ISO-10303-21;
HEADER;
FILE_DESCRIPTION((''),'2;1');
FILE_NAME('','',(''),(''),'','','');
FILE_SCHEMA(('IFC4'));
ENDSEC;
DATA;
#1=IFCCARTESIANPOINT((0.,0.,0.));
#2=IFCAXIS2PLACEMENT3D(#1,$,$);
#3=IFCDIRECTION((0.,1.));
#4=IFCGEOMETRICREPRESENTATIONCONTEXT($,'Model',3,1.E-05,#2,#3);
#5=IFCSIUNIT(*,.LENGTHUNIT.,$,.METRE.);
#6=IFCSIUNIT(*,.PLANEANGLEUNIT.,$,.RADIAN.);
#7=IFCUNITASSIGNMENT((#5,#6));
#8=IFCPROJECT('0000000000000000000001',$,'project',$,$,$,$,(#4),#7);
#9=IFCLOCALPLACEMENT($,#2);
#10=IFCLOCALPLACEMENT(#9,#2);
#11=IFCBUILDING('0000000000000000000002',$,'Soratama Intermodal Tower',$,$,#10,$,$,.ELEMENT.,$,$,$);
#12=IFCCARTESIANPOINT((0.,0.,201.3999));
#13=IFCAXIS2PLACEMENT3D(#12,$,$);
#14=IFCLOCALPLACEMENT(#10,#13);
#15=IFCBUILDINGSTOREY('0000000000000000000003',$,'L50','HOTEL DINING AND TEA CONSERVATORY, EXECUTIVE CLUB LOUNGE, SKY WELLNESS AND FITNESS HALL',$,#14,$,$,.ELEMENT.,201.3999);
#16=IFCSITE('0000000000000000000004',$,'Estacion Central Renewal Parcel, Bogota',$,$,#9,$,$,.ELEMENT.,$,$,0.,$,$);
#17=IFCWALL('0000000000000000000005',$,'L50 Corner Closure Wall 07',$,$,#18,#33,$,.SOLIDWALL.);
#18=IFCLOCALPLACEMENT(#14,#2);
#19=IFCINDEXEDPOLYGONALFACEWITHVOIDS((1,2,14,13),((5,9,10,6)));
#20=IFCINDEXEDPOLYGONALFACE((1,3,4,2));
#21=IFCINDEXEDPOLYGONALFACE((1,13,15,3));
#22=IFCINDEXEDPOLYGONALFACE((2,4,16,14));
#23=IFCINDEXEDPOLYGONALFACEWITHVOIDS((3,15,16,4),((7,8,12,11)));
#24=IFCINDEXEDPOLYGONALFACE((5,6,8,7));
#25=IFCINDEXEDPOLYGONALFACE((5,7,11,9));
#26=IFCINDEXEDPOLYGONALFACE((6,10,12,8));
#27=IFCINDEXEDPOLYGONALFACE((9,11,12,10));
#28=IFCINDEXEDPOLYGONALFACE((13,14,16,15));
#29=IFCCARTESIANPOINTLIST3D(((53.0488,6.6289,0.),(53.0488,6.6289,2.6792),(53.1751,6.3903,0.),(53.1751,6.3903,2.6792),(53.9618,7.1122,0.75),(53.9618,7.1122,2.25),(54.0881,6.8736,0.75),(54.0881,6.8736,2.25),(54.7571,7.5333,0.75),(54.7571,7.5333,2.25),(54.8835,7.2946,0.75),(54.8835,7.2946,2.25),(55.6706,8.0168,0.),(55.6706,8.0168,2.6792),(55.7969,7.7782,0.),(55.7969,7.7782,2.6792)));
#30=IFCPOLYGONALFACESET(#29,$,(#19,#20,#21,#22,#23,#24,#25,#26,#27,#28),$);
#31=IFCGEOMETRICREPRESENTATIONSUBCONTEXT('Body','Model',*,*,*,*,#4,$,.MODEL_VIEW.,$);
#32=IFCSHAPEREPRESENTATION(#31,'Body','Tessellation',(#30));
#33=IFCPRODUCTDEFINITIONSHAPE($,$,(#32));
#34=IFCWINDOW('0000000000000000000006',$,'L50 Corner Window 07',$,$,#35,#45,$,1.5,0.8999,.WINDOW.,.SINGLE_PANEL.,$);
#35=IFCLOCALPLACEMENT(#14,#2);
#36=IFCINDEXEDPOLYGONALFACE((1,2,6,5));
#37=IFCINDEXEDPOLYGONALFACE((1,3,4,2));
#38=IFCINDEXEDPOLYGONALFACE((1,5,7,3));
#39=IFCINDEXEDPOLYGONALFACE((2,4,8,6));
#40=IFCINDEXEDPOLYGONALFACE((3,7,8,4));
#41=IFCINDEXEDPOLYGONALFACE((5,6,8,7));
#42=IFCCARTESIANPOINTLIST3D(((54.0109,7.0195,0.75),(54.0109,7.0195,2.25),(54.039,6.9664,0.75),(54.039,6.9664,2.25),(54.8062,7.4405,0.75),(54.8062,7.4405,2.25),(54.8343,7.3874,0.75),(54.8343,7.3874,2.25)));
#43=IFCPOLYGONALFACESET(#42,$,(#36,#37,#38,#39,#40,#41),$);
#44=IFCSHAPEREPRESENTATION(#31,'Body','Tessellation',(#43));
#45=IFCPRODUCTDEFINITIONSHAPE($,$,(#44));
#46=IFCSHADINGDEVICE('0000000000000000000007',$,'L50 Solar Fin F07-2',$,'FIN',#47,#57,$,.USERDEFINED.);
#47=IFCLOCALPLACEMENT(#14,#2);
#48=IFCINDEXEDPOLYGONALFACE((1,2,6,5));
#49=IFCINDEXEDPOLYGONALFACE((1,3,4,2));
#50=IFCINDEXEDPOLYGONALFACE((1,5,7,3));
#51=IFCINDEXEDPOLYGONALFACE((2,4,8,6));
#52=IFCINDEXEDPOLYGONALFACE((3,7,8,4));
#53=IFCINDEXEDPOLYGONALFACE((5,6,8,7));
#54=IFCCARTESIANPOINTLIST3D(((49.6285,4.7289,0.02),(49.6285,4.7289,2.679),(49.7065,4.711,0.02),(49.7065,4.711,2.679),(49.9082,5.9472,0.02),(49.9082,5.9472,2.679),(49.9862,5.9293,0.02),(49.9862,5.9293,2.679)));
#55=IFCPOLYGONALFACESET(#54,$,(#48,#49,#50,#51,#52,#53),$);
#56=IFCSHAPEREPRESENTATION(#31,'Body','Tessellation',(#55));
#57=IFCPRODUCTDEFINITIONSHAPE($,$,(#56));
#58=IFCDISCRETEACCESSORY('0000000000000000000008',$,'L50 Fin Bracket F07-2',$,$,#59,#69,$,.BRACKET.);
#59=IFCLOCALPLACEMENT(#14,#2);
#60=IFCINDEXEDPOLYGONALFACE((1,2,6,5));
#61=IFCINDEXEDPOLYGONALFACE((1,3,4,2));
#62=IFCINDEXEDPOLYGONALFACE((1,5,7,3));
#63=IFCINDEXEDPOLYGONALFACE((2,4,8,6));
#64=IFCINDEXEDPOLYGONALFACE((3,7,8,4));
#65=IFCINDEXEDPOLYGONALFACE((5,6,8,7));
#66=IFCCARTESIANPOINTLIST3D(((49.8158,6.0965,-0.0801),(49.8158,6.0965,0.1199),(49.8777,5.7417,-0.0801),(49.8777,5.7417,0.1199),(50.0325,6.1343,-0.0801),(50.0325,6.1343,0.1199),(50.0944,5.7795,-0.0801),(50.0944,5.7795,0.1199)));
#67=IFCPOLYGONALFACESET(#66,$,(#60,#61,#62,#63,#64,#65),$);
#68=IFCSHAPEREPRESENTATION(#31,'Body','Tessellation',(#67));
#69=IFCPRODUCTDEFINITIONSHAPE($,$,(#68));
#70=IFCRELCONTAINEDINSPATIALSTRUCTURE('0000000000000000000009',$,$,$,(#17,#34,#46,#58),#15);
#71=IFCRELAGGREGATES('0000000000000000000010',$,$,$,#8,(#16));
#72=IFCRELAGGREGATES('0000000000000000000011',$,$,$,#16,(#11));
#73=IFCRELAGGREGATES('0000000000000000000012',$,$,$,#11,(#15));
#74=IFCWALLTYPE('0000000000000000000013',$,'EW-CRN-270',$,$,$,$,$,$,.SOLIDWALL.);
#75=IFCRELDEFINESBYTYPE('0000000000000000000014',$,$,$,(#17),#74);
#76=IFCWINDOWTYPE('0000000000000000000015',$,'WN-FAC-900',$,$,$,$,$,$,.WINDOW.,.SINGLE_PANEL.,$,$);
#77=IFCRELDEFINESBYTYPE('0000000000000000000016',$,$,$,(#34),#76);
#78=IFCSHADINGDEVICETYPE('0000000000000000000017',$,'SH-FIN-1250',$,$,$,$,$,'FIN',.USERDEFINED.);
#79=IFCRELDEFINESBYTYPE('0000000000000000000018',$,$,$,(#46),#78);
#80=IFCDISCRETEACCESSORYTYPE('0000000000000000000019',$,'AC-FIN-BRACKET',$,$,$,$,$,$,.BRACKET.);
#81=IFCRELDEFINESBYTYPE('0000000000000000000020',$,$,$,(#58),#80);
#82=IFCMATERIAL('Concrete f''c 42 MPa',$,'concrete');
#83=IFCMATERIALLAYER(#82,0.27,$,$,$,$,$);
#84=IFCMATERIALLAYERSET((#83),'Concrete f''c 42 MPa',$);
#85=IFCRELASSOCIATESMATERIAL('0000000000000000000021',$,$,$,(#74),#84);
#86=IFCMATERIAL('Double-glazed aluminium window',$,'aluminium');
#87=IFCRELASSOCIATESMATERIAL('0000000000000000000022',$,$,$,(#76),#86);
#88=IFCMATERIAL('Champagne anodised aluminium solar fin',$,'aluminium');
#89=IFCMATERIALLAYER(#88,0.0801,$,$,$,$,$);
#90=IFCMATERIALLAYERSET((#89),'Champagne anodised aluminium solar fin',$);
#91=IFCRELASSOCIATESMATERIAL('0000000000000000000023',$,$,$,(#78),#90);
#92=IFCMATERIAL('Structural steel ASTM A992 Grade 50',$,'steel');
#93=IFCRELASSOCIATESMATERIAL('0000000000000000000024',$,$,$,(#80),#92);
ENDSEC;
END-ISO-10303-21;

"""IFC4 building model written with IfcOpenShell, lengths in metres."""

from ifc_helpers import new_model, si_unit, direction, frame, frame_2d, origin, origin_2d, place, context, subcontext, project, spatial, rectangle, extrude, material, layer, layer_set, type_object, element, fill, save


model = new_model("IFC4")

# Units and contexts
model_context = context("Model", 3, precision=1e-05, world=origin(), true_north=direction((0.0, 1.0)))
body_context = subcontext(model_context, "Body", "Model", "MODEL_VIEW")
ifc_project = project(units=[si_unit("LENGTHUNIT", "METRE"), si_unit("PLANEANGLEUNIT", "RADIAN")], contexts=[model_context])

# Site, building, storey
site_placement = place(None, origin())
site = spatial("IfcSite", under=ifc_project, at=site_placement, Name="Estacion Central Renewal Parcel, Bogota", CompositionType="ELEMENT", RefElevation=0.0)
building_placement = place(site_placement, origin())
building = spatial("IfcBuilding", under=site, at=building_placement, Name="Soratama Intermodal Tower", CompositionType="ELEMENT")
storey_placement = place(building_placement, frame((0.0, 0.0, 201.3999)))
storey = spatial("IfcBuildingStorey", under=building, at=storey_placement, Name="L50", Description="HOTEL DINING AND TEA CONSERVATORY, EXECUTIVE CLUB LOUNGE, SKY WELLNESS AND FITNESS HALL", CompositionType="ELEMENT", Elevation=201.3999)

# Wall, opening, window
ifc_material_1 = material(Name="Concrete f'c 42 MPa", Category="concrete")
ifc_layer_1 = layer(ifc_material_1, 0.27)
ifc_layer_set_1 = layer_set([ifc_layer_1], Name="Concrete f'c 42 MPa")
wall_type = type_object("IfcWallType", Name="EW-CRN-270", PredefinedType="SOLIDWALL", material=ifc_layer_set_1)
wall_placement = place(storey_placement, frame((53.1118, 6.5095, 0.0), z_axis=(0.0, 0.0, 1.0), x_axis=(0.8838, 0.467865, 0.0)))
wall = element("IfcWall", 1, at=wall_placement, inside=storey, type_object=wall_type, Name="L50 Corner Closure Wall 07", PredefinedType="SOLIDWALL", context=body_context, shape_type="SweptSolid", body=[
    extrude(rectangle(XDim=2.9666, YDim=0.27, at=frame_2d((1.4834, 0.0))), origin(), (0.0, 0.0, 1.0), 2.6792),
])
opening_placement = place(wall_placement, frame((1.0332, 0.0, 0.75)))
opening = element("IfcOpeningElement", 2, at=opening_placement, cuts=wall, PredefinedType="OPENING", context=body_context, shape_type="SweptSolid", body=[
    extrude(rectangle(XDim=0.8999, YDim=1.5, at=frame_2d((0.45, 0.75))), frame((0.0, 0.145, 0.0), z_axis=(0.0, -1.0, 0.0), x_axis=(1.0, 0.0, 0.0)), (0.0, 0.0, 1.0), 0.29),
])
ifc_material_2 = material(Name="Double-glazed aluminium window", Category="aluminium")
window_type = type_object("IfcWindowType", Name="WN-FAC-900", PartitioningType="SINGLE_PANEL", PredefinedType="WINDOW", material=ifc_material_2)
window_placement = place(opening_placement, origin())
window = element("IfcWindow", 3, at=window_placement, inside=storey, type_object=window_type, Name="L50 Corner Window 07", OverallHeight=1.5, OverallWidth=0.8999, PartitioningType="SINGLE_PANEL", PredefinedType="WINDOW", context=body_context, shape_type="SweptSolid", body=[
    extrude(rectangle(XDim=0.8999, YDim=1.5, at=frame_2d((0.45, 0.75))), frame((0.0, 0.03, 0.0), z_axis=(0.0, -1.0, 0.0), x_axis=(1.0, 0.0, 0.0)), (0.0, 0.0, 1.0), 0.0601),
])
fill(opening, window)

# Shading device
ifc_material_3 = material(Name="Champagne anodised aluminium solar fin", Category="aluminium")
ifc_layer_2 = layer(ifc_material_3, 0.0801)
ifc_layer_set_2 = layer_set([ifc_layer_2], Name="Champagne anodised aluminium solar fin")
shading_device_type = type_object("IfcShadingDeviceType", Name="SH-FIN-1250", ElementType="FIN", PredefinedType="USERDEFINED", material=ifc_layer_set_2)
shading_device_placement = place(storey_placement, frame((49.8074, 5.3291, 0.02), z_axis=(0.0, 0.0, 1.0), x_axis=(-0.22376, -0.974644, 0.0)))
element("IfcShadingDevice", 4, at=shading_device_placement, inside=storey, type_object=shading_device_type, Name="L50 Solar Fin F07-2", ObjectType="FIN", PredefinedType="USERDEFINED", context=body_context, shape_type="SweptSolid", body=[
    extrude(rectangle(XDim=1.25, YDim=0.0801, at=origin_2d()), origin(), (0.0, 0.0, 1.0), 2.6589),
])

# Discrete accessory
ifc_material_4 = material(Name="Structural steel ASTM A992 Grade 50", Category="steel")
discrete_accessory_type = type_object("IfcDiscreteAccessoryType", Name="AC-FIN-BRACKET", PredefinedType="BRACKET", material=ifc_material_4)
discrete_accessory_placement = place(storey_placement, frame((49.9551, 5.938, -0.0801), z_axis=(0.0, 0.0, 1.0), x_axis=(0.171929, -0.985109, 0.0)))
element("IfcDiscreteAccessory", 5, at=discrete_accessory_placement, inside=storey, type_object=discrete_accessory_type, Name="L50 Fin Bracket F07-2", PredefinedType="BRACKET", context=body_context, shape_type="SweptSolid", body=[
    extrude(rectangle(XDim=0.3601, YDim=0.22, at=origin_2d()), origin(), (0.0, 0.0, 1.0), 0.2),
])

save(model, "model.ifc")
